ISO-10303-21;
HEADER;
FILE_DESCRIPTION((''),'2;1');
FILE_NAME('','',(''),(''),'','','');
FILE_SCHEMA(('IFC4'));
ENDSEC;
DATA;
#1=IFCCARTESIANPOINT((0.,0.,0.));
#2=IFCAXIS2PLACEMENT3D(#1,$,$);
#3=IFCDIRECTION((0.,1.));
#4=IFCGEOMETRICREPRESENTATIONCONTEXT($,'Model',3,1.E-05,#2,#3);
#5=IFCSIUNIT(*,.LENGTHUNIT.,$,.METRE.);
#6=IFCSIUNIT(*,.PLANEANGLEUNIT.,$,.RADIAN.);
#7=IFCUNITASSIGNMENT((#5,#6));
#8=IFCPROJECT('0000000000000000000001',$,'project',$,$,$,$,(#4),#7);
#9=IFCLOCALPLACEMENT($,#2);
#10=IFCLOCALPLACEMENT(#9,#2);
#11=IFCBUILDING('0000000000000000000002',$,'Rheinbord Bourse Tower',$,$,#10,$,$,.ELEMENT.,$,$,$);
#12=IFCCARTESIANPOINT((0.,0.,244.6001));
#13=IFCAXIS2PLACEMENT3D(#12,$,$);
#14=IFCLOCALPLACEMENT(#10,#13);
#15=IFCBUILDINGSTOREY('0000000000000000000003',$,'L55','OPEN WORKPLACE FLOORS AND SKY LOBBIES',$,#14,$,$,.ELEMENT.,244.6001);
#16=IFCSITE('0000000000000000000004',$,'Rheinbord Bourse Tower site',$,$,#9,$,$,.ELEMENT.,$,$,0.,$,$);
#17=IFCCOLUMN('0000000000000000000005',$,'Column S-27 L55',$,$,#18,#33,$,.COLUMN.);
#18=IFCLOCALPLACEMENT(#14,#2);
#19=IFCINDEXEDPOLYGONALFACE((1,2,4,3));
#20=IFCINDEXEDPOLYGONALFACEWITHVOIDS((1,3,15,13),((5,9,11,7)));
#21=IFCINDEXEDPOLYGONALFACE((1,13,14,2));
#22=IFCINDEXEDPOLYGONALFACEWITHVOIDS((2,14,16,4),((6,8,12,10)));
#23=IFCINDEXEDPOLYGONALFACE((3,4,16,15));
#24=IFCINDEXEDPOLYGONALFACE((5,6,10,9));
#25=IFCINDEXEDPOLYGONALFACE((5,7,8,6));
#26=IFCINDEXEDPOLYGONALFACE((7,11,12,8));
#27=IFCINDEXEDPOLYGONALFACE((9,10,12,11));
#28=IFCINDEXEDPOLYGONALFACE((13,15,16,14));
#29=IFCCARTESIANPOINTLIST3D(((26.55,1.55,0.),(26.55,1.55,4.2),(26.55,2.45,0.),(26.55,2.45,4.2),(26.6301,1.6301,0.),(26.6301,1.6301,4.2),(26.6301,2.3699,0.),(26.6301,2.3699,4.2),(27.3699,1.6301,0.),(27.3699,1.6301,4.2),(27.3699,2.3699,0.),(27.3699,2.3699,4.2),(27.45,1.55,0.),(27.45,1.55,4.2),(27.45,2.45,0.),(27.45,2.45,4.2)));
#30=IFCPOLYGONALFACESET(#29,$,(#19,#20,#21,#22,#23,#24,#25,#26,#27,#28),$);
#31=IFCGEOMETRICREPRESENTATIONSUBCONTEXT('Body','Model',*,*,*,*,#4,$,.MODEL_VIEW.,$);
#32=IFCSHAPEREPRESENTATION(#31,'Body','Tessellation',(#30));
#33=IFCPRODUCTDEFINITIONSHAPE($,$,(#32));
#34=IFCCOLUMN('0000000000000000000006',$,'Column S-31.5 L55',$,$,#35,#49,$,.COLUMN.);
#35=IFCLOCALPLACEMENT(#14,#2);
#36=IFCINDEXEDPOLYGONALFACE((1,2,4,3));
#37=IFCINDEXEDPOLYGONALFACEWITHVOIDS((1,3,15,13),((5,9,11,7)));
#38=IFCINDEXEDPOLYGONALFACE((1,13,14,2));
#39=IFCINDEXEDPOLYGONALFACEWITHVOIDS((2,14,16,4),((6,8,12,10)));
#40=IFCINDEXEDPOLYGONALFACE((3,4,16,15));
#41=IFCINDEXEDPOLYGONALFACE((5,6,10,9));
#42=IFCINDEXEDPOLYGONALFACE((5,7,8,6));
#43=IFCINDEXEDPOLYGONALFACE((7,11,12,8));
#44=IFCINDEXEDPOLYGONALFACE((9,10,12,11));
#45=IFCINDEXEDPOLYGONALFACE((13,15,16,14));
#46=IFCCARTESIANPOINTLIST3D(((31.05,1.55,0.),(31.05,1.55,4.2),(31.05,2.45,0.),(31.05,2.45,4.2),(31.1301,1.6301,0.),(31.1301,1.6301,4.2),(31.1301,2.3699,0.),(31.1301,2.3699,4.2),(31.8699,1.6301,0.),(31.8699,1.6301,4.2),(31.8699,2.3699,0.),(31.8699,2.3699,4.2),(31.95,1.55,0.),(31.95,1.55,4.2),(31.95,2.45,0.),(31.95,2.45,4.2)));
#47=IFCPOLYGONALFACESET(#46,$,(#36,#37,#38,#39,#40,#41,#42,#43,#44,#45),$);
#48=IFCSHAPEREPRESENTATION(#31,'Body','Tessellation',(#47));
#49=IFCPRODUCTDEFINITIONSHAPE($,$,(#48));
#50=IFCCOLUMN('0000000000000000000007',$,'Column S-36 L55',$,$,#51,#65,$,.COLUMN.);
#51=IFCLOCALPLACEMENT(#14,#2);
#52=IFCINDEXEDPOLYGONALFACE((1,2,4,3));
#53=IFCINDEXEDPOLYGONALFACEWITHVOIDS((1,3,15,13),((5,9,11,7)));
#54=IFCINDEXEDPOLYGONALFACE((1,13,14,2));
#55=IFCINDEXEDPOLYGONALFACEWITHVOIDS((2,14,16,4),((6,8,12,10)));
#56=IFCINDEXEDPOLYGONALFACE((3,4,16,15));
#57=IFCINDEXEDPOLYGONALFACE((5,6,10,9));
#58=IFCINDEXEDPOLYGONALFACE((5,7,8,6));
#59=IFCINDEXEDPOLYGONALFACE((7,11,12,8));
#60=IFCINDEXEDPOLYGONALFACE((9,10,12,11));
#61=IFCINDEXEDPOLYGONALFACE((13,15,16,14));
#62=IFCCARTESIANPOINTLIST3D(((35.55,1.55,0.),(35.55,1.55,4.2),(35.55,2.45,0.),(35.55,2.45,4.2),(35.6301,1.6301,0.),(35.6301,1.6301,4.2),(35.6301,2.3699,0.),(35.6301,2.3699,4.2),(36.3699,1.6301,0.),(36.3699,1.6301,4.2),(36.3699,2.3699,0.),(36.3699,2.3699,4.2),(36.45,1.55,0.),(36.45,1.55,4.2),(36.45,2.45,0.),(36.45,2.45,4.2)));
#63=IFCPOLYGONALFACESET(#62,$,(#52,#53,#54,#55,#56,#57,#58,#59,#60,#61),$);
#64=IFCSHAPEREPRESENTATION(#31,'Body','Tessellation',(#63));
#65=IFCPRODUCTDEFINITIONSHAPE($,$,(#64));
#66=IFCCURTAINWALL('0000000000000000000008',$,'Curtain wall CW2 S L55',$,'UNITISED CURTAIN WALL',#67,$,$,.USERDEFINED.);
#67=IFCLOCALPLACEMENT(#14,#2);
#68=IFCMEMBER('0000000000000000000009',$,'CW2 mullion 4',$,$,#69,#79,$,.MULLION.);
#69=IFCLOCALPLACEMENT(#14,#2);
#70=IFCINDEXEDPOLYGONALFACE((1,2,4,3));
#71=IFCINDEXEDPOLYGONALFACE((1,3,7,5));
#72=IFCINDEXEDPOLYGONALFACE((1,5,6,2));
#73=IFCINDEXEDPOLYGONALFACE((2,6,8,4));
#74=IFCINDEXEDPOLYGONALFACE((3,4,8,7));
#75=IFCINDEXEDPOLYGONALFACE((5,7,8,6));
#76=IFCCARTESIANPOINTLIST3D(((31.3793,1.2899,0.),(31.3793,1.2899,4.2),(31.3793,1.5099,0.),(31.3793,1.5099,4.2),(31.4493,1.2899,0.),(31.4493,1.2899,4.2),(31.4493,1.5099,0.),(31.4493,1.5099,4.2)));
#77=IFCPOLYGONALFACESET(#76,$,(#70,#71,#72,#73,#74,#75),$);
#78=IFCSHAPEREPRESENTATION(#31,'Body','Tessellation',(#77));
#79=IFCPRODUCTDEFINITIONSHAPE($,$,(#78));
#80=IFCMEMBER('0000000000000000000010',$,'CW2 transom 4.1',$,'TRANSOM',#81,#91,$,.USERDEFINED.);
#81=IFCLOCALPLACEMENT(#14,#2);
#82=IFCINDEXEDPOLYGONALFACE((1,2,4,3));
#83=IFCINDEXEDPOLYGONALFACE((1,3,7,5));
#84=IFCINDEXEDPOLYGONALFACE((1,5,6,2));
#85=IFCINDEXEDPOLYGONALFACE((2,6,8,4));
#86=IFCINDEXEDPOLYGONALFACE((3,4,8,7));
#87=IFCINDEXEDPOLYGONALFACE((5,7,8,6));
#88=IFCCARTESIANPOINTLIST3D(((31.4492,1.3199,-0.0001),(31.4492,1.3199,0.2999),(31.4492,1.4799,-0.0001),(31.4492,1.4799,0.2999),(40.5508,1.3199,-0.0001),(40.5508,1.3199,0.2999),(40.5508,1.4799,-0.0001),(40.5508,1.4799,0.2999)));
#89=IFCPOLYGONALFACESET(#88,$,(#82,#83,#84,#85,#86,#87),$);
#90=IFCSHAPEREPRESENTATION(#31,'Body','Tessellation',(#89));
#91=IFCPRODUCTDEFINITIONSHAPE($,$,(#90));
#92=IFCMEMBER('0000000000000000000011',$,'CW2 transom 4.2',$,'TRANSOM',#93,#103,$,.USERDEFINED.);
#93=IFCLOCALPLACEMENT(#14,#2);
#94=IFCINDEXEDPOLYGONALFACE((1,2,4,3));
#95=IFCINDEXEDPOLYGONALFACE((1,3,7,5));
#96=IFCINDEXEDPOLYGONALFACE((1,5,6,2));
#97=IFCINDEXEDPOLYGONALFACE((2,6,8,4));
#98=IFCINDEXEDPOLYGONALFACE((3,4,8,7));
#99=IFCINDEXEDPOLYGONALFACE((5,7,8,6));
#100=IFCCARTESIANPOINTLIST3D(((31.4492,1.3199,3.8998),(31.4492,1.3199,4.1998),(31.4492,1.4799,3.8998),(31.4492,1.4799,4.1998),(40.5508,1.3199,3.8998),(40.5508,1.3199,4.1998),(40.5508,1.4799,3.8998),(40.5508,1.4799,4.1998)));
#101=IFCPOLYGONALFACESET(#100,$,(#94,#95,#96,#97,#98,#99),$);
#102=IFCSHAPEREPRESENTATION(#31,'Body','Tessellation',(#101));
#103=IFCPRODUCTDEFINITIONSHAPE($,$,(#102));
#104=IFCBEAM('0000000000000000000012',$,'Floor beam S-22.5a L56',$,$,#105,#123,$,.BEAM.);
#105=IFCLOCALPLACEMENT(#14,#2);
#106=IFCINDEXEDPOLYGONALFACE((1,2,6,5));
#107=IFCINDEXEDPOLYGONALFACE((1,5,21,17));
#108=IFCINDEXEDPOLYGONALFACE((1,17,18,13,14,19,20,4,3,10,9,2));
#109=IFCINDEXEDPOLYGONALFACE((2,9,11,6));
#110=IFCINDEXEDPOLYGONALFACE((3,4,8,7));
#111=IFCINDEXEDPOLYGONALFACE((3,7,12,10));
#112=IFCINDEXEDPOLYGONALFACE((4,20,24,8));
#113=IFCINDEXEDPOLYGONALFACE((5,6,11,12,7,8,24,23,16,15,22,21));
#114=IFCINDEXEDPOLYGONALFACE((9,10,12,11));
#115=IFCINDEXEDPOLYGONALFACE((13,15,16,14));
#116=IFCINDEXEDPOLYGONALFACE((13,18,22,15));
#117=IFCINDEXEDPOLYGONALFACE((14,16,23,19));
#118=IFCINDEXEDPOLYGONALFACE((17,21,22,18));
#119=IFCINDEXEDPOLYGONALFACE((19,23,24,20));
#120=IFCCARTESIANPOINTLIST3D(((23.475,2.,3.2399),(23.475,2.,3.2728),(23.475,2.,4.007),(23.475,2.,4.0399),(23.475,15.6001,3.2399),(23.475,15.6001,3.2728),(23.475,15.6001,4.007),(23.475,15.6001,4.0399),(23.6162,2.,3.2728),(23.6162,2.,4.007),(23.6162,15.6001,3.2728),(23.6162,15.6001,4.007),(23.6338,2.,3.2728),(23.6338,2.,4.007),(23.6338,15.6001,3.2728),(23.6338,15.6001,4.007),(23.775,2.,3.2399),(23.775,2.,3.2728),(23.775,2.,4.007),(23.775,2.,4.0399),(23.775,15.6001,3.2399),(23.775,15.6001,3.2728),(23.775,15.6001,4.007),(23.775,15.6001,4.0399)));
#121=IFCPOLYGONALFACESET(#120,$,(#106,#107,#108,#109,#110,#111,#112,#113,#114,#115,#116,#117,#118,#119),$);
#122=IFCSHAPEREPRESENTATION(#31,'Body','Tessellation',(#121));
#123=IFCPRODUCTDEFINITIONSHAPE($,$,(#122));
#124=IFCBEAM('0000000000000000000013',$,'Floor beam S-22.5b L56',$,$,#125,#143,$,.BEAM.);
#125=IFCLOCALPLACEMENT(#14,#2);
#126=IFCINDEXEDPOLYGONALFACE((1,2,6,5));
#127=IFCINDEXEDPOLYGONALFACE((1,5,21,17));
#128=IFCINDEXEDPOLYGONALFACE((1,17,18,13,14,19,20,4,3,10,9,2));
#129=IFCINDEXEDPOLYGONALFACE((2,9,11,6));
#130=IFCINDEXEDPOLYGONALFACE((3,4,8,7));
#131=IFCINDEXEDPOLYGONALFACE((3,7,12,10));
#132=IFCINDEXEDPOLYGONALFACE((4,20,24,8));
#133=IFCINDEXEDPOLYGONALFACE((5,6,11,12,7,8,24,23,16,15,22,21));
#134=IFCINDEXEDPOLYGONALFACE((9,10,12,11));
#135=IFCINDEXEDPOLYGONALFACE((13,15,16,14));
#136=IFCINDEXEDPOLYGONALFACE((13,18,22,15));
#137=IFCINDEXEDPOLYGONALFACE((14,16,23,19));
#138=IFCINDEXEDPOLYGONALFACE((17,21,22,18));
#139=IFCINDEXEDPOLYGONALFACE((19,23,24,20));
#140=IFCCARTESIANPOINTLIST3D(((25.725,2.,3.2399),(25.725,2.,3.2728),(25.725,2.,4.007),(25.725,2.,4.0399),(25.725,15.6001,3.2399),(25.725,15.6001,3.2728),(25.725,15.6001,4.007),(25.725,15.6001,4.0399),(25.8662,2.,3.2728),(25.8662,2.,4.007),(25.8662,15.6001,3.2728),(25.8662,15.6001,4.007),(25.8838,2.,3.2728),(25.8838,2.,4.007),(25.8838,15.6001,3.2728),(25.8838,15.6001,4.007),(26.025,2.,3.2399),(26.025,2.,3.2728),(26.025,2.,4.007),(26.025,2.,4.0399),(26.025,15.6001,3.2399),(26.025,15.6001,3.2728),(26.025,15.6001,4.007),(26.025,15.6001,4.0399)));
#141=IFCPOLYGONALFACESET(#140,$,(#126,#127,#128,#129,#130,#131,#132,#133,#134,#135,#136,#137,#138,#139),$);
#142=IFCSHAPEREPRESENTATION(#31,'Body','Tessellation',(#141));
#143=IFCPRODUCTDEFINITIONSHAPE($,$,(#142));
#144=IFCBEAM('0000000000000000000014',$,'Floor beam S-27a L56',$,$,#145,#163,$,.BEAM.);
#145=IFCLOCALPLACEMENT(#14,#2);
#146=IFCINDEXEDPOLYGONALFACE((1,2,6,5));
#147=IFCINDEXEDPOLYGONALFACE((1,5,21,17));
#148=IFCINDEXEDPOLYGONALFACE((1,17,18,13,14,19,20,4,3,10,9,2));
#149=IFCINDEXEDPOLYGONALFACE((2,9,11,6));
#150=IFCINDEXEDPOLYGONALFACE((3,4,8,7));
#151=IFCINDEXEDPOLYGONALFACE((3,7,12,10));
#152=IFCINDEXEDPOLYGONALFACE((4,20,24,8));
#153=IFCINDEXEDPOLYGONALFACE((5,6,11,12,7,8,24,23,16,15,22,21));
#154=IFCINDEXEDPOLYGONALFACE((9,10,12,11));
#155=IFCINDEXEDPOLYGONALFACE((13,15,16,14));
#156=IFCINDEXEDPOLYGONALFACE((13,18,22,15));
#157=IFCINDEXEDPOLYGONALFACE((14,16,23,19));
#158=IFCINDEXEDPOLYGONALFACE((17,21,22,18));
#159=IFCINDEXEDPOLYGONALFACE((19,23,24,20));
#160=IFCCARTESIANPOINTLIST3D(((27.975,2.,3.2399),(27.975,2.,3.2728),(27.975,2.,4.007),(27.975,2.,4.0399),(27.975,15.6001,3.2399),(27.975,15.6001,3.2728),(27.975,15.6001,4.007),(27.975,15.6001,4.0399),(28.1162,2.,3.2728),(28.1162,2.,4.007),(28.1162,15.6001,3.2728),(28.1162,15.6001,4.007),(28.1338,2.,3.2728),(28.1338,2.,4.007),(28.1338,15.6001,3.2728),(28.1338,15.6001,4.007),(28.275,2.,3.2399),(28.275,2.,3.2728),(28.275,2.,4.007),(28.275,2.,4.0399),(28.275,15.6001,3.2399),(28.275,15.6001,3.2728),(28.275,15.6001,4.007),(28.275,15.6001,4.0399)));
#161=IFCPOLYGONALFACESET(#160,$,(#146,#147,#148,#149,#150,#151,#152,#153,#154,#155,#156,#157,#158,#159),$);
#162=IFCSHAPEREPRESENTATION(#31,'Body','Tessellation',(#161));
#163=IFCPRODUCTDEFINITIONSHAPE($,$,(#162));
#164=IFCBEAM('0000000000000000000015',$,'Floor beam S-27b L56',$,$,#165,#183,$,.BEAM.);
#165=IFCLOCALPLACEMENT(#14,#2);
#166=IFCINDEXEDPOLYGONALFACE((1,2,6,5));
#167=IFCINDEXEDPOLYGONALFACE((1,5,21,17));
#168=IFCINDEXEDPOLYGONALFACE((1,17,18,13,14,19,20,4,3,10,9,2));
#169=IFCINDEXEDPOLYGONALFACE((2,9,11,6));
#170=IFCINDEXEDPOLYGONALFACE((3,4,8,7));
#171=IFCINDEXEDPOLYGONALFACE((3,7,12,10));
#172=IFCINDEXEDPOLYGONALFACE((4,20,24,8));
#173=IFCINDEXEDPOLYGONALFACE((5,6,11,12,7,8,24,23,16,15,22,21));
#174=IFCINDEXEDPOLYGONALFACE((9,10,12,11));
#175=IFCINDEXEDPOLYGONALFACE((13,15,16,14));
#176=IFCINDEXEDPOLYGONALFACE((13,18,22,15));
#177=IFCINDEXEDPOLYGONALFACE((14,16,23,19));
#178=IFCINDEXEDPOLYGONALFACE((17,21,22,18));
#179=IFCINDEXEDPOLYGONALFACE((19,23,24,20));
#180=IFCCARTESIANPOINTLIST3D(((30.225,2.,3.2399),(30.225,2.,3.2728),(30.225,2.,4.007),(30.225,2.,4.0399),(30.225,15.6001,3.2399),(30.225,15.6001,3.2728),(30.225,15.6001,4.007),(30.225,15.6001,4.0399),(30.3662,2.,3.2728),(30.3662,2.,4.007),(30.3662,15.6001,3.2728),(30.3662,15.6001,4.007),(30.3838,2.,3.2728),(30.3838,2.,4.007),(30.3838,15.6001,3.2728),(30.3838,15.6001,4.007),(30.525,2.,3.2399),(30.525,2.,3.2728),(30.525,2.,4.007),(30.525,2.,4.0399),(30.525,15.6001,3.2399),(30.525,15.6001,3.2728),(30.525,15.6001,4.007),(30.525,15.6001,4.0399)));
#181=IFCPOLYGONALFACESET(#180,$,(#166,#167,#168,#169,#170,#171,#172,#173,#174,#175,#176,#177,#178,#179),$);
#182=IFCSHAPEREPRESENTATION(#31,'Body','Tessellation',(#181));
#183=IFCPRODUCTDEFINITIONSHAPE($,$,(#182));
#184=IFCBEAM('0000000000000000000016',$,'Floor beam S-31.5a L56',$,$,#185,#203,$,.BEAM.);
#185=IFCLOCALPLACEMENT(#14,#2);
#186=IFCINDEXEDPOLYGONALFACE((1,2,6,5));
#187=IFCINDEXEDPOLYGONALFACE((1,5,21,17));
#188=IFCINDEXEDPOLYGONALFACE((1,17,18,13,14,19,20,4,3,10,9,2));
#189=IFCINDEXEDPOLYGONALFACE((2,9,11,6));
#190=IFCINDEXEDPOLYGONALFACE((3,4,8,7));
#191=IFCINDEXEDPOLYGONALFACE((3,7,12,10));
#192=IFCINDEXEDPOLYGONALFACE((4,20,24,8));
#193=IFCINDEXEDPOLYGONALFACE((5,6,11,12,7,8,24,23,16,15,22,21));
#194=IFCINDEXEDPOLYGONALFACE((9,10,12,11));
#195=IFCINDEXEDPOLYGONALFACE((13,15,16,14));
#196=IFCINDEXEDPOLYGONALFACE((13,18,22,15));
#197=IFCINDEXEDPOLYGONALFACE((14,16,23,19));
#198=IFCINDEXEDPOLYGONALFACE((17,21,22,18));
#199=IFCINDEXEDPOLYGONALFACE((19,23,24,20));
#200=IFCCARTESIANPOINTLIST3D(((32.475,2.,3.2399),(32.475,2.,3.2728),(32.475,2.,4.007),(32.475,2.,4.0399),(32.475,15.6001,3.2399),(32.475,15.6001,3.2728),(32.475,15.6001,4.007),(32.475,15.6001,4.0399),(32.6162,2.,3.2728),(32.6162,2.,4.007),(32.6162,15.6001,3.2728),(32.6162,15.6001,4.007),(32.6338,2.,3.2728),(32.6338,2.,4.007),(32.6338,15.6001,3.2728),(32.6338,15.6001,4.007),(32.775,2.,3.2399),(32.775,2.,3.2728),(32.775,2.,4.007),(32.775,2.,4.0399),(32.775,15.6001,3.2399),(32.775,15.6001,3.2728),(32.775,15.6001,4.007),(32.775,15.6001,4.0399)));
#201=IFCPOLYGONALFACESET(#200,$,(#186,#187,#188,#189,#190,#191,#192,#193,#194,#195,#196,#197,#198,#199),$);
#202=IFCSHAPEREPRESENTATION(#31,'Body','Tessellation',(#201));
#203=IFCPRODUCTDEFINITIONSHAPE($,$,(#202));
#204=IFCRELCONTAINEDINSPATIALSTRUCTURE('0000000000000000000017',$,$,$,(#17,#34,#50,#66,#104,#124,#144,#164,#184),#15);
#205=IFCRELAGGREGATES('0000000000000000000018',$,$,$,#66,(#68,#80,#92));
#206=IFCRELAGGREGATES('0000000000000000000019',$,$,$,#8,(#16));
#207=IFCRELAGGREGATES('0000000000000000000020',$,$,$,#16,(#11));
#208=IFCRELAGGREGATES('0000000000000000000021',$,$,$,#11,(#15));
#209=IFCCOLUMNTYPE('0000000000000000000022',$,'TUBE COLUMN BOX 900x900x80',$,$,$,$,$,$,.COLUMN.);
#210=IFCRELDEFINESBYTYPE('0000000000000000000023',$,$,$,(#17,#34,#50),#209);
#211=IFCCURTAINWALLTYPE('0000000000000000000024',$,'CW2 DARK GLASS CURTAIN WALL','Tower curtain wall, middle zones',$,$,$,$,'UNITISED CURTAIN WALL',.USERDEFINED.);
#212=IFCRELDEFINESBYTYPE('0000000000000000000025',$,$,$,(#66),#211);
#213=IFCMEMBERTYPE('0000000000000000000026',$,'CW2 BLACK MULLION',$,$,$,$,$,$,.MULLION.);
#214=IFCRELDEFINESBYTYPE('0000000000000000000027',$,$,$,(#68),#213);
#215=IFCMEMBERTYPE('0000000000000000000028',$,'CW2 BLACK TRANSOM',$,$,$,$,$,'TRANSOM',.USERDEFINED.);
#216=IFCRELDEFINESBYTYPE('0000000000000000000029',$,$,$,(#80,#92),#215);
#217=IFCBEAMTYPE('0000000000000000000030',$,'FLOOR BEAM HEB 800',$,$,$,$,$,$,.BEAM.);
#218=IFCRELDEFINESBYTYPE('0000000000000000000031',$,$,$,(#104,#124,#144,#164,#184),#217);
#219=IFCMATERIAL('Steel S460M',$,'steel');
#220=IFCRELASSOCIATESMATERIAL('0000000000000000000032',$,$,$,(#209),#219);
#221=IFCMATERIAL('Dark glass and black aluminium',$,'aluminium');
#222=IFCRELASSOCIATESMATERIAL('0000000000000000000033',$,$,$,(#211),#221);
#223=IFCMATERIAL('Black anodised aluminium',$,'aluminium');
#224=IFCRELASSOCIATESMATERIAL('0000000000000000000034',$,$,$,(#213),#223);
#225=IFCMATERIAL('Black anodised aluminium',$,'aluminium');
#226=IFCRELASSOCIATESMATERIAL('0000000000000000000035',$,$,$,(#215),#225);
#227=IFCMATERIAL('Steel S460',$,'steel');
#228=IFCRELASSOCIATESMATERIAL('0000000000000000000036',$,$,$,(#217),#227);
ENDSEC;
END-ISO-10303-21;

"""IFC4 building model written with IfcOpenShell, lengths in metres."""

from ifc_helpers import new_model, si_unit, direction, frame, origin, origin_2d, place, context, subcontext, project, spatial, rectangle, hollow_rectangle, i_section, extrude, material, material_profile, profile_set, type_object, element, aggregate, save


model = new_model("IFC4")

# Units and contexts
model_context = context("Model", 3, precision=1e-05, world=origin(), true_north=direction((0.0, 1.0)))
body_context = subcontext(model_context, "Body", "Model", "MODEL_VIEW")
ifc_project = project(units=[si_unit("LENGTHUNIT", "METRE"), si_unit("PLANEANGLEUNIT", "RADIAN")], contexts=[model_context])

# Site, building, storey
site_placement = place(None, origin())
site = spatial("IfcSite", under=ifc_project, at=site_placement, Name="Rheinbord Bourse Tower site", CompositionType="ELEMENT", RefElevation=0.0)
building_placement = place(site_placement, origin())
building = spatial("IfcBuilding", under=site, at=building_placement, Name="Rheinbord Bourse Tower", CompositionType="ELEMENT")
storey_placement = place(building_placement, frame((0.0, 0.0, 244.6001)))
storey = spatial("IfcBuildingStorey", under=building, at=storey_placement, Name="L55", Description="OPEN WORKPLACE FLOORS AND SKY LOBBIES", CompositionType="ELEMENT", Elevation=244.6001)

# Columns
ifc_material_1 = material(Name="Steel S460M", Category="steel")
ifc_material_profile_1 = material_profile(ifc_material_1, hollow_rectangle(XDim=0.8999, YDim=0.8999, WallThickness=0.0801, at=origin_2d()), Name="BOX 900x900x80")
ifc_profile_set_1 = profile_set([ifc_material_profile_1], Name="Steel S460M")
column_type = type_object("IfcColumnType", Name="TUBE COLUMN BOX 900x900x80", PredefinedType="COLUMN", material=ifc_profile_set_1)
for number, where, z_axis, x_axis, name in (
    (1, (27.0, 2.0, 0.0), (0.0, 0.0, 1.0), (0.0, 1.0, 0.0), "Column S-27 L55"),
    (2, (31.5, 2.0, 0.0), (0.0, 0.0, 1.0), (0.0, 1.0, 0.0), "Column S-31.5 L55"),
    (3, (36.0, 2.0, 0.0), (0.0, 0.0, 1.0), (0.0, 1.0, 0.0), "Column S-36 L55"),
):
    element("IfcColumn", number, at=place(storey_placement, frame(where, z_axis=z_axis, x_axis=x_axis)), inside=storey, type_object=column_type, Name=name, PredefinedType="COLUMN", context=body_context, shape_type="SweptSolid", body=[
        extrude(hollow_rectangle(XDim=0.8999, YDim=0.8999, WallThickness=0.0801, at=origin_2d()), origin(), (0.0, 0.0, 1.0), 4.2),
    ])

# Curtain wall, members
ifc_material_2 = material(Name="Dark glass and black aluminium", Category="aluminium")
curtain_wall_type = type_object("IfcCurtainWallType", Name="CW2 DARK GLASS CURTAIN WALL", Description="Tower curtain wall, middle zones", ElementType="UNITISED CURTAIN WALL", PredefinedType="USERDEFINED", material=ifc_material_2)
curtain_wall_placement = place(storey_placement, origin())
curtain_wall = element("IfcCurtainWall", 4, at=curtain_wall_placement, inside=storey, type_object=curtain_wall_type, Name="Curtain wall CW2 S L55", ObjectType="UNITISED CURTAIN WALL", PredefinedType="USERDEFINED")
ifc_material_3 = material(Name="Black anodised aluminium", Category="aluminium")
ifc_material_profile_2 = material_profile(ifc_material_3, rectangle(XDim=0.22, YDim=0.0701, at=origin_2d()), Name="CW2 MULLION 70x220")
ifc_profile_set_2 = profile_set([ifc_material_profile_2], Name="Black anodised aluminium")
member_type_1 = type_object("IfcMemberType", Name="CW2 BLACK MULLION", PredefinedType="MULLION", material=ifc_profile_set_2)
member_1_placement = place(storey_placement, frame((31.4143, 1.3999, 0.0), z_axis=(0.0, 0.0, 1.0), x_axis=(0.0, 1.0, 0.0)))
member_1 = element("IfcMember", 5, at=member_1_placement, type_object=member_type_1, Name="CW2 mullion 4", PredefinedType="MULLION", context=body_context, shape_type="SweptSolid", body=[
    extrude(rectangle(XDim=0.22, YDim=0.0701, at=origin_2d()), origin(), (0.0, 0.0, 1.0), 4.2),
])
ifc_material_4 = material(Name="Black anodised aluminium", Category="aluminium")
ifc_material_profile_3 = material_profile(ifc_material_4, rectangle(XDim=0.1599, YDim=0.3, at=origin_2d()), Name="CW2 TRANSOM 300x160")
ifc_profile_set_3 = profile_set([ifc_material_profile_3], Name="Black anodised aluminium")
member_type_2 = type_object("IfcMemberType", Name="CW2 BLACK TRANSOM", ElementType="TRANSOM", PredefinedType="USERDEFINED", material=ifc_profile_set_3)
member_2_placement = place(storey_placement, frame((31.4492, 1.3999, 0.1499), z_axis=(1.0, 0.0, 0.0), x_axis=(0.0, 1.0, 0.0)))
member_2 = element("IfcMember", 6, at=member_2_placement, type_object=member_type_2, Name="CW2 transom 4.1", ObjectType="TRANSOM", PredefinedType="USERDEFINED", context=body_context, shape_type="SweptSolid", body=[
    extrude(rectangle(XDim=0.1599, YDim=0.3, at=origin_2d()), origin(), (0.0, 0.0, 1.0), 9.1016),
])
member_3_placement = place(storey_placement, frame((31.4492, 1.3999, 4.0498), z_axis=(1.0, 0.0, 0.0), x_axis=(0.0, 1.0, 0.0)))
member_3 = element("IfcMember", 7, at=member_3_placement, type_object=member_type_2, Name="CW2 transom 4.2", ObjectType="TRANSOM", PredefinedType="USERDEFINED", context=body_context, shape_type="SweptSolid", body=[
    extrude(rectangle(XDim=0.1599, YDim=0.3, at=origin_2d()), origin(), (0.0, 0.0, 1.0), 9.1016),
])

# Beams
ifc_material_5 = material(Name="Steel S460", Category="steel")
ifc_material_profile_4 = material_profile(ifc_material_5, i_section(OverallWidth=0.3, OverallDepth=0.8, WebThickness=0.0176, FlangeThickness=0.033, at=origin_2d()), Name="HEB 800")
ifc_profile_set_4 = profile_set([ifc_material_profile_4], Name="Steel S460")
beam_type_1 = type_object("IfcBeamType", Name="FLOOR BEAM HEB 800", PredefinedType="BEAM", material=ifc_profile_set_4)
for number, where, z_axis, x_axis, name in (
    (8, (23.625, 2.0, 3.6399), (0.0, 1.0, 0.0), (-1.0, 0.0, 0.0), "Floor beam S-22.5a L56"),
    (9, (25.875, 2.0, 3.6399), (0.0, 1.0, 0.0), (-1.0, 0.0, 0.0), "Floor beam S-22.5b L56"),
    (10, (28.125, 2.0, 3.6399), (0.0, 1.0, 0.0), (-1.0, 0.0, 0.0), "Floor beam S-27a L56"),
    (11, (30.375, 2.0, 3.6399), (0.0, 1.0, 0.0), (-1.0, 0.0, 0.0), "Floor beam S-27b L56"),
    (12, (32.625, 2.0, 3.6399), (0.0, 1.0, 0.0), (-1.0, 0.0, 0.0), "Floor beam S-31.5a L56"),
):
    element("IfcBeam", number, at=place(storey_placement, frame(where, z_axis=z_axis, x_axis=x_axis)), inside=storey, type_object=beam_type_1, Name=name, PredefinedType="BEAM", context=body_context, shape_type="SweptSolid", body=[
        extrude(i_section(OverallWidth=0.3, OverallDepth=0.8, WebThickness=0.0176, FlangeThickness=0.033, at=origin_2d()), origin(), (0.0, 0.0, 1.0), 13.6001),
    ])

aggregate(curtain_wall, [member_1, member_2, member_3])

save(model, "model.ifc")
